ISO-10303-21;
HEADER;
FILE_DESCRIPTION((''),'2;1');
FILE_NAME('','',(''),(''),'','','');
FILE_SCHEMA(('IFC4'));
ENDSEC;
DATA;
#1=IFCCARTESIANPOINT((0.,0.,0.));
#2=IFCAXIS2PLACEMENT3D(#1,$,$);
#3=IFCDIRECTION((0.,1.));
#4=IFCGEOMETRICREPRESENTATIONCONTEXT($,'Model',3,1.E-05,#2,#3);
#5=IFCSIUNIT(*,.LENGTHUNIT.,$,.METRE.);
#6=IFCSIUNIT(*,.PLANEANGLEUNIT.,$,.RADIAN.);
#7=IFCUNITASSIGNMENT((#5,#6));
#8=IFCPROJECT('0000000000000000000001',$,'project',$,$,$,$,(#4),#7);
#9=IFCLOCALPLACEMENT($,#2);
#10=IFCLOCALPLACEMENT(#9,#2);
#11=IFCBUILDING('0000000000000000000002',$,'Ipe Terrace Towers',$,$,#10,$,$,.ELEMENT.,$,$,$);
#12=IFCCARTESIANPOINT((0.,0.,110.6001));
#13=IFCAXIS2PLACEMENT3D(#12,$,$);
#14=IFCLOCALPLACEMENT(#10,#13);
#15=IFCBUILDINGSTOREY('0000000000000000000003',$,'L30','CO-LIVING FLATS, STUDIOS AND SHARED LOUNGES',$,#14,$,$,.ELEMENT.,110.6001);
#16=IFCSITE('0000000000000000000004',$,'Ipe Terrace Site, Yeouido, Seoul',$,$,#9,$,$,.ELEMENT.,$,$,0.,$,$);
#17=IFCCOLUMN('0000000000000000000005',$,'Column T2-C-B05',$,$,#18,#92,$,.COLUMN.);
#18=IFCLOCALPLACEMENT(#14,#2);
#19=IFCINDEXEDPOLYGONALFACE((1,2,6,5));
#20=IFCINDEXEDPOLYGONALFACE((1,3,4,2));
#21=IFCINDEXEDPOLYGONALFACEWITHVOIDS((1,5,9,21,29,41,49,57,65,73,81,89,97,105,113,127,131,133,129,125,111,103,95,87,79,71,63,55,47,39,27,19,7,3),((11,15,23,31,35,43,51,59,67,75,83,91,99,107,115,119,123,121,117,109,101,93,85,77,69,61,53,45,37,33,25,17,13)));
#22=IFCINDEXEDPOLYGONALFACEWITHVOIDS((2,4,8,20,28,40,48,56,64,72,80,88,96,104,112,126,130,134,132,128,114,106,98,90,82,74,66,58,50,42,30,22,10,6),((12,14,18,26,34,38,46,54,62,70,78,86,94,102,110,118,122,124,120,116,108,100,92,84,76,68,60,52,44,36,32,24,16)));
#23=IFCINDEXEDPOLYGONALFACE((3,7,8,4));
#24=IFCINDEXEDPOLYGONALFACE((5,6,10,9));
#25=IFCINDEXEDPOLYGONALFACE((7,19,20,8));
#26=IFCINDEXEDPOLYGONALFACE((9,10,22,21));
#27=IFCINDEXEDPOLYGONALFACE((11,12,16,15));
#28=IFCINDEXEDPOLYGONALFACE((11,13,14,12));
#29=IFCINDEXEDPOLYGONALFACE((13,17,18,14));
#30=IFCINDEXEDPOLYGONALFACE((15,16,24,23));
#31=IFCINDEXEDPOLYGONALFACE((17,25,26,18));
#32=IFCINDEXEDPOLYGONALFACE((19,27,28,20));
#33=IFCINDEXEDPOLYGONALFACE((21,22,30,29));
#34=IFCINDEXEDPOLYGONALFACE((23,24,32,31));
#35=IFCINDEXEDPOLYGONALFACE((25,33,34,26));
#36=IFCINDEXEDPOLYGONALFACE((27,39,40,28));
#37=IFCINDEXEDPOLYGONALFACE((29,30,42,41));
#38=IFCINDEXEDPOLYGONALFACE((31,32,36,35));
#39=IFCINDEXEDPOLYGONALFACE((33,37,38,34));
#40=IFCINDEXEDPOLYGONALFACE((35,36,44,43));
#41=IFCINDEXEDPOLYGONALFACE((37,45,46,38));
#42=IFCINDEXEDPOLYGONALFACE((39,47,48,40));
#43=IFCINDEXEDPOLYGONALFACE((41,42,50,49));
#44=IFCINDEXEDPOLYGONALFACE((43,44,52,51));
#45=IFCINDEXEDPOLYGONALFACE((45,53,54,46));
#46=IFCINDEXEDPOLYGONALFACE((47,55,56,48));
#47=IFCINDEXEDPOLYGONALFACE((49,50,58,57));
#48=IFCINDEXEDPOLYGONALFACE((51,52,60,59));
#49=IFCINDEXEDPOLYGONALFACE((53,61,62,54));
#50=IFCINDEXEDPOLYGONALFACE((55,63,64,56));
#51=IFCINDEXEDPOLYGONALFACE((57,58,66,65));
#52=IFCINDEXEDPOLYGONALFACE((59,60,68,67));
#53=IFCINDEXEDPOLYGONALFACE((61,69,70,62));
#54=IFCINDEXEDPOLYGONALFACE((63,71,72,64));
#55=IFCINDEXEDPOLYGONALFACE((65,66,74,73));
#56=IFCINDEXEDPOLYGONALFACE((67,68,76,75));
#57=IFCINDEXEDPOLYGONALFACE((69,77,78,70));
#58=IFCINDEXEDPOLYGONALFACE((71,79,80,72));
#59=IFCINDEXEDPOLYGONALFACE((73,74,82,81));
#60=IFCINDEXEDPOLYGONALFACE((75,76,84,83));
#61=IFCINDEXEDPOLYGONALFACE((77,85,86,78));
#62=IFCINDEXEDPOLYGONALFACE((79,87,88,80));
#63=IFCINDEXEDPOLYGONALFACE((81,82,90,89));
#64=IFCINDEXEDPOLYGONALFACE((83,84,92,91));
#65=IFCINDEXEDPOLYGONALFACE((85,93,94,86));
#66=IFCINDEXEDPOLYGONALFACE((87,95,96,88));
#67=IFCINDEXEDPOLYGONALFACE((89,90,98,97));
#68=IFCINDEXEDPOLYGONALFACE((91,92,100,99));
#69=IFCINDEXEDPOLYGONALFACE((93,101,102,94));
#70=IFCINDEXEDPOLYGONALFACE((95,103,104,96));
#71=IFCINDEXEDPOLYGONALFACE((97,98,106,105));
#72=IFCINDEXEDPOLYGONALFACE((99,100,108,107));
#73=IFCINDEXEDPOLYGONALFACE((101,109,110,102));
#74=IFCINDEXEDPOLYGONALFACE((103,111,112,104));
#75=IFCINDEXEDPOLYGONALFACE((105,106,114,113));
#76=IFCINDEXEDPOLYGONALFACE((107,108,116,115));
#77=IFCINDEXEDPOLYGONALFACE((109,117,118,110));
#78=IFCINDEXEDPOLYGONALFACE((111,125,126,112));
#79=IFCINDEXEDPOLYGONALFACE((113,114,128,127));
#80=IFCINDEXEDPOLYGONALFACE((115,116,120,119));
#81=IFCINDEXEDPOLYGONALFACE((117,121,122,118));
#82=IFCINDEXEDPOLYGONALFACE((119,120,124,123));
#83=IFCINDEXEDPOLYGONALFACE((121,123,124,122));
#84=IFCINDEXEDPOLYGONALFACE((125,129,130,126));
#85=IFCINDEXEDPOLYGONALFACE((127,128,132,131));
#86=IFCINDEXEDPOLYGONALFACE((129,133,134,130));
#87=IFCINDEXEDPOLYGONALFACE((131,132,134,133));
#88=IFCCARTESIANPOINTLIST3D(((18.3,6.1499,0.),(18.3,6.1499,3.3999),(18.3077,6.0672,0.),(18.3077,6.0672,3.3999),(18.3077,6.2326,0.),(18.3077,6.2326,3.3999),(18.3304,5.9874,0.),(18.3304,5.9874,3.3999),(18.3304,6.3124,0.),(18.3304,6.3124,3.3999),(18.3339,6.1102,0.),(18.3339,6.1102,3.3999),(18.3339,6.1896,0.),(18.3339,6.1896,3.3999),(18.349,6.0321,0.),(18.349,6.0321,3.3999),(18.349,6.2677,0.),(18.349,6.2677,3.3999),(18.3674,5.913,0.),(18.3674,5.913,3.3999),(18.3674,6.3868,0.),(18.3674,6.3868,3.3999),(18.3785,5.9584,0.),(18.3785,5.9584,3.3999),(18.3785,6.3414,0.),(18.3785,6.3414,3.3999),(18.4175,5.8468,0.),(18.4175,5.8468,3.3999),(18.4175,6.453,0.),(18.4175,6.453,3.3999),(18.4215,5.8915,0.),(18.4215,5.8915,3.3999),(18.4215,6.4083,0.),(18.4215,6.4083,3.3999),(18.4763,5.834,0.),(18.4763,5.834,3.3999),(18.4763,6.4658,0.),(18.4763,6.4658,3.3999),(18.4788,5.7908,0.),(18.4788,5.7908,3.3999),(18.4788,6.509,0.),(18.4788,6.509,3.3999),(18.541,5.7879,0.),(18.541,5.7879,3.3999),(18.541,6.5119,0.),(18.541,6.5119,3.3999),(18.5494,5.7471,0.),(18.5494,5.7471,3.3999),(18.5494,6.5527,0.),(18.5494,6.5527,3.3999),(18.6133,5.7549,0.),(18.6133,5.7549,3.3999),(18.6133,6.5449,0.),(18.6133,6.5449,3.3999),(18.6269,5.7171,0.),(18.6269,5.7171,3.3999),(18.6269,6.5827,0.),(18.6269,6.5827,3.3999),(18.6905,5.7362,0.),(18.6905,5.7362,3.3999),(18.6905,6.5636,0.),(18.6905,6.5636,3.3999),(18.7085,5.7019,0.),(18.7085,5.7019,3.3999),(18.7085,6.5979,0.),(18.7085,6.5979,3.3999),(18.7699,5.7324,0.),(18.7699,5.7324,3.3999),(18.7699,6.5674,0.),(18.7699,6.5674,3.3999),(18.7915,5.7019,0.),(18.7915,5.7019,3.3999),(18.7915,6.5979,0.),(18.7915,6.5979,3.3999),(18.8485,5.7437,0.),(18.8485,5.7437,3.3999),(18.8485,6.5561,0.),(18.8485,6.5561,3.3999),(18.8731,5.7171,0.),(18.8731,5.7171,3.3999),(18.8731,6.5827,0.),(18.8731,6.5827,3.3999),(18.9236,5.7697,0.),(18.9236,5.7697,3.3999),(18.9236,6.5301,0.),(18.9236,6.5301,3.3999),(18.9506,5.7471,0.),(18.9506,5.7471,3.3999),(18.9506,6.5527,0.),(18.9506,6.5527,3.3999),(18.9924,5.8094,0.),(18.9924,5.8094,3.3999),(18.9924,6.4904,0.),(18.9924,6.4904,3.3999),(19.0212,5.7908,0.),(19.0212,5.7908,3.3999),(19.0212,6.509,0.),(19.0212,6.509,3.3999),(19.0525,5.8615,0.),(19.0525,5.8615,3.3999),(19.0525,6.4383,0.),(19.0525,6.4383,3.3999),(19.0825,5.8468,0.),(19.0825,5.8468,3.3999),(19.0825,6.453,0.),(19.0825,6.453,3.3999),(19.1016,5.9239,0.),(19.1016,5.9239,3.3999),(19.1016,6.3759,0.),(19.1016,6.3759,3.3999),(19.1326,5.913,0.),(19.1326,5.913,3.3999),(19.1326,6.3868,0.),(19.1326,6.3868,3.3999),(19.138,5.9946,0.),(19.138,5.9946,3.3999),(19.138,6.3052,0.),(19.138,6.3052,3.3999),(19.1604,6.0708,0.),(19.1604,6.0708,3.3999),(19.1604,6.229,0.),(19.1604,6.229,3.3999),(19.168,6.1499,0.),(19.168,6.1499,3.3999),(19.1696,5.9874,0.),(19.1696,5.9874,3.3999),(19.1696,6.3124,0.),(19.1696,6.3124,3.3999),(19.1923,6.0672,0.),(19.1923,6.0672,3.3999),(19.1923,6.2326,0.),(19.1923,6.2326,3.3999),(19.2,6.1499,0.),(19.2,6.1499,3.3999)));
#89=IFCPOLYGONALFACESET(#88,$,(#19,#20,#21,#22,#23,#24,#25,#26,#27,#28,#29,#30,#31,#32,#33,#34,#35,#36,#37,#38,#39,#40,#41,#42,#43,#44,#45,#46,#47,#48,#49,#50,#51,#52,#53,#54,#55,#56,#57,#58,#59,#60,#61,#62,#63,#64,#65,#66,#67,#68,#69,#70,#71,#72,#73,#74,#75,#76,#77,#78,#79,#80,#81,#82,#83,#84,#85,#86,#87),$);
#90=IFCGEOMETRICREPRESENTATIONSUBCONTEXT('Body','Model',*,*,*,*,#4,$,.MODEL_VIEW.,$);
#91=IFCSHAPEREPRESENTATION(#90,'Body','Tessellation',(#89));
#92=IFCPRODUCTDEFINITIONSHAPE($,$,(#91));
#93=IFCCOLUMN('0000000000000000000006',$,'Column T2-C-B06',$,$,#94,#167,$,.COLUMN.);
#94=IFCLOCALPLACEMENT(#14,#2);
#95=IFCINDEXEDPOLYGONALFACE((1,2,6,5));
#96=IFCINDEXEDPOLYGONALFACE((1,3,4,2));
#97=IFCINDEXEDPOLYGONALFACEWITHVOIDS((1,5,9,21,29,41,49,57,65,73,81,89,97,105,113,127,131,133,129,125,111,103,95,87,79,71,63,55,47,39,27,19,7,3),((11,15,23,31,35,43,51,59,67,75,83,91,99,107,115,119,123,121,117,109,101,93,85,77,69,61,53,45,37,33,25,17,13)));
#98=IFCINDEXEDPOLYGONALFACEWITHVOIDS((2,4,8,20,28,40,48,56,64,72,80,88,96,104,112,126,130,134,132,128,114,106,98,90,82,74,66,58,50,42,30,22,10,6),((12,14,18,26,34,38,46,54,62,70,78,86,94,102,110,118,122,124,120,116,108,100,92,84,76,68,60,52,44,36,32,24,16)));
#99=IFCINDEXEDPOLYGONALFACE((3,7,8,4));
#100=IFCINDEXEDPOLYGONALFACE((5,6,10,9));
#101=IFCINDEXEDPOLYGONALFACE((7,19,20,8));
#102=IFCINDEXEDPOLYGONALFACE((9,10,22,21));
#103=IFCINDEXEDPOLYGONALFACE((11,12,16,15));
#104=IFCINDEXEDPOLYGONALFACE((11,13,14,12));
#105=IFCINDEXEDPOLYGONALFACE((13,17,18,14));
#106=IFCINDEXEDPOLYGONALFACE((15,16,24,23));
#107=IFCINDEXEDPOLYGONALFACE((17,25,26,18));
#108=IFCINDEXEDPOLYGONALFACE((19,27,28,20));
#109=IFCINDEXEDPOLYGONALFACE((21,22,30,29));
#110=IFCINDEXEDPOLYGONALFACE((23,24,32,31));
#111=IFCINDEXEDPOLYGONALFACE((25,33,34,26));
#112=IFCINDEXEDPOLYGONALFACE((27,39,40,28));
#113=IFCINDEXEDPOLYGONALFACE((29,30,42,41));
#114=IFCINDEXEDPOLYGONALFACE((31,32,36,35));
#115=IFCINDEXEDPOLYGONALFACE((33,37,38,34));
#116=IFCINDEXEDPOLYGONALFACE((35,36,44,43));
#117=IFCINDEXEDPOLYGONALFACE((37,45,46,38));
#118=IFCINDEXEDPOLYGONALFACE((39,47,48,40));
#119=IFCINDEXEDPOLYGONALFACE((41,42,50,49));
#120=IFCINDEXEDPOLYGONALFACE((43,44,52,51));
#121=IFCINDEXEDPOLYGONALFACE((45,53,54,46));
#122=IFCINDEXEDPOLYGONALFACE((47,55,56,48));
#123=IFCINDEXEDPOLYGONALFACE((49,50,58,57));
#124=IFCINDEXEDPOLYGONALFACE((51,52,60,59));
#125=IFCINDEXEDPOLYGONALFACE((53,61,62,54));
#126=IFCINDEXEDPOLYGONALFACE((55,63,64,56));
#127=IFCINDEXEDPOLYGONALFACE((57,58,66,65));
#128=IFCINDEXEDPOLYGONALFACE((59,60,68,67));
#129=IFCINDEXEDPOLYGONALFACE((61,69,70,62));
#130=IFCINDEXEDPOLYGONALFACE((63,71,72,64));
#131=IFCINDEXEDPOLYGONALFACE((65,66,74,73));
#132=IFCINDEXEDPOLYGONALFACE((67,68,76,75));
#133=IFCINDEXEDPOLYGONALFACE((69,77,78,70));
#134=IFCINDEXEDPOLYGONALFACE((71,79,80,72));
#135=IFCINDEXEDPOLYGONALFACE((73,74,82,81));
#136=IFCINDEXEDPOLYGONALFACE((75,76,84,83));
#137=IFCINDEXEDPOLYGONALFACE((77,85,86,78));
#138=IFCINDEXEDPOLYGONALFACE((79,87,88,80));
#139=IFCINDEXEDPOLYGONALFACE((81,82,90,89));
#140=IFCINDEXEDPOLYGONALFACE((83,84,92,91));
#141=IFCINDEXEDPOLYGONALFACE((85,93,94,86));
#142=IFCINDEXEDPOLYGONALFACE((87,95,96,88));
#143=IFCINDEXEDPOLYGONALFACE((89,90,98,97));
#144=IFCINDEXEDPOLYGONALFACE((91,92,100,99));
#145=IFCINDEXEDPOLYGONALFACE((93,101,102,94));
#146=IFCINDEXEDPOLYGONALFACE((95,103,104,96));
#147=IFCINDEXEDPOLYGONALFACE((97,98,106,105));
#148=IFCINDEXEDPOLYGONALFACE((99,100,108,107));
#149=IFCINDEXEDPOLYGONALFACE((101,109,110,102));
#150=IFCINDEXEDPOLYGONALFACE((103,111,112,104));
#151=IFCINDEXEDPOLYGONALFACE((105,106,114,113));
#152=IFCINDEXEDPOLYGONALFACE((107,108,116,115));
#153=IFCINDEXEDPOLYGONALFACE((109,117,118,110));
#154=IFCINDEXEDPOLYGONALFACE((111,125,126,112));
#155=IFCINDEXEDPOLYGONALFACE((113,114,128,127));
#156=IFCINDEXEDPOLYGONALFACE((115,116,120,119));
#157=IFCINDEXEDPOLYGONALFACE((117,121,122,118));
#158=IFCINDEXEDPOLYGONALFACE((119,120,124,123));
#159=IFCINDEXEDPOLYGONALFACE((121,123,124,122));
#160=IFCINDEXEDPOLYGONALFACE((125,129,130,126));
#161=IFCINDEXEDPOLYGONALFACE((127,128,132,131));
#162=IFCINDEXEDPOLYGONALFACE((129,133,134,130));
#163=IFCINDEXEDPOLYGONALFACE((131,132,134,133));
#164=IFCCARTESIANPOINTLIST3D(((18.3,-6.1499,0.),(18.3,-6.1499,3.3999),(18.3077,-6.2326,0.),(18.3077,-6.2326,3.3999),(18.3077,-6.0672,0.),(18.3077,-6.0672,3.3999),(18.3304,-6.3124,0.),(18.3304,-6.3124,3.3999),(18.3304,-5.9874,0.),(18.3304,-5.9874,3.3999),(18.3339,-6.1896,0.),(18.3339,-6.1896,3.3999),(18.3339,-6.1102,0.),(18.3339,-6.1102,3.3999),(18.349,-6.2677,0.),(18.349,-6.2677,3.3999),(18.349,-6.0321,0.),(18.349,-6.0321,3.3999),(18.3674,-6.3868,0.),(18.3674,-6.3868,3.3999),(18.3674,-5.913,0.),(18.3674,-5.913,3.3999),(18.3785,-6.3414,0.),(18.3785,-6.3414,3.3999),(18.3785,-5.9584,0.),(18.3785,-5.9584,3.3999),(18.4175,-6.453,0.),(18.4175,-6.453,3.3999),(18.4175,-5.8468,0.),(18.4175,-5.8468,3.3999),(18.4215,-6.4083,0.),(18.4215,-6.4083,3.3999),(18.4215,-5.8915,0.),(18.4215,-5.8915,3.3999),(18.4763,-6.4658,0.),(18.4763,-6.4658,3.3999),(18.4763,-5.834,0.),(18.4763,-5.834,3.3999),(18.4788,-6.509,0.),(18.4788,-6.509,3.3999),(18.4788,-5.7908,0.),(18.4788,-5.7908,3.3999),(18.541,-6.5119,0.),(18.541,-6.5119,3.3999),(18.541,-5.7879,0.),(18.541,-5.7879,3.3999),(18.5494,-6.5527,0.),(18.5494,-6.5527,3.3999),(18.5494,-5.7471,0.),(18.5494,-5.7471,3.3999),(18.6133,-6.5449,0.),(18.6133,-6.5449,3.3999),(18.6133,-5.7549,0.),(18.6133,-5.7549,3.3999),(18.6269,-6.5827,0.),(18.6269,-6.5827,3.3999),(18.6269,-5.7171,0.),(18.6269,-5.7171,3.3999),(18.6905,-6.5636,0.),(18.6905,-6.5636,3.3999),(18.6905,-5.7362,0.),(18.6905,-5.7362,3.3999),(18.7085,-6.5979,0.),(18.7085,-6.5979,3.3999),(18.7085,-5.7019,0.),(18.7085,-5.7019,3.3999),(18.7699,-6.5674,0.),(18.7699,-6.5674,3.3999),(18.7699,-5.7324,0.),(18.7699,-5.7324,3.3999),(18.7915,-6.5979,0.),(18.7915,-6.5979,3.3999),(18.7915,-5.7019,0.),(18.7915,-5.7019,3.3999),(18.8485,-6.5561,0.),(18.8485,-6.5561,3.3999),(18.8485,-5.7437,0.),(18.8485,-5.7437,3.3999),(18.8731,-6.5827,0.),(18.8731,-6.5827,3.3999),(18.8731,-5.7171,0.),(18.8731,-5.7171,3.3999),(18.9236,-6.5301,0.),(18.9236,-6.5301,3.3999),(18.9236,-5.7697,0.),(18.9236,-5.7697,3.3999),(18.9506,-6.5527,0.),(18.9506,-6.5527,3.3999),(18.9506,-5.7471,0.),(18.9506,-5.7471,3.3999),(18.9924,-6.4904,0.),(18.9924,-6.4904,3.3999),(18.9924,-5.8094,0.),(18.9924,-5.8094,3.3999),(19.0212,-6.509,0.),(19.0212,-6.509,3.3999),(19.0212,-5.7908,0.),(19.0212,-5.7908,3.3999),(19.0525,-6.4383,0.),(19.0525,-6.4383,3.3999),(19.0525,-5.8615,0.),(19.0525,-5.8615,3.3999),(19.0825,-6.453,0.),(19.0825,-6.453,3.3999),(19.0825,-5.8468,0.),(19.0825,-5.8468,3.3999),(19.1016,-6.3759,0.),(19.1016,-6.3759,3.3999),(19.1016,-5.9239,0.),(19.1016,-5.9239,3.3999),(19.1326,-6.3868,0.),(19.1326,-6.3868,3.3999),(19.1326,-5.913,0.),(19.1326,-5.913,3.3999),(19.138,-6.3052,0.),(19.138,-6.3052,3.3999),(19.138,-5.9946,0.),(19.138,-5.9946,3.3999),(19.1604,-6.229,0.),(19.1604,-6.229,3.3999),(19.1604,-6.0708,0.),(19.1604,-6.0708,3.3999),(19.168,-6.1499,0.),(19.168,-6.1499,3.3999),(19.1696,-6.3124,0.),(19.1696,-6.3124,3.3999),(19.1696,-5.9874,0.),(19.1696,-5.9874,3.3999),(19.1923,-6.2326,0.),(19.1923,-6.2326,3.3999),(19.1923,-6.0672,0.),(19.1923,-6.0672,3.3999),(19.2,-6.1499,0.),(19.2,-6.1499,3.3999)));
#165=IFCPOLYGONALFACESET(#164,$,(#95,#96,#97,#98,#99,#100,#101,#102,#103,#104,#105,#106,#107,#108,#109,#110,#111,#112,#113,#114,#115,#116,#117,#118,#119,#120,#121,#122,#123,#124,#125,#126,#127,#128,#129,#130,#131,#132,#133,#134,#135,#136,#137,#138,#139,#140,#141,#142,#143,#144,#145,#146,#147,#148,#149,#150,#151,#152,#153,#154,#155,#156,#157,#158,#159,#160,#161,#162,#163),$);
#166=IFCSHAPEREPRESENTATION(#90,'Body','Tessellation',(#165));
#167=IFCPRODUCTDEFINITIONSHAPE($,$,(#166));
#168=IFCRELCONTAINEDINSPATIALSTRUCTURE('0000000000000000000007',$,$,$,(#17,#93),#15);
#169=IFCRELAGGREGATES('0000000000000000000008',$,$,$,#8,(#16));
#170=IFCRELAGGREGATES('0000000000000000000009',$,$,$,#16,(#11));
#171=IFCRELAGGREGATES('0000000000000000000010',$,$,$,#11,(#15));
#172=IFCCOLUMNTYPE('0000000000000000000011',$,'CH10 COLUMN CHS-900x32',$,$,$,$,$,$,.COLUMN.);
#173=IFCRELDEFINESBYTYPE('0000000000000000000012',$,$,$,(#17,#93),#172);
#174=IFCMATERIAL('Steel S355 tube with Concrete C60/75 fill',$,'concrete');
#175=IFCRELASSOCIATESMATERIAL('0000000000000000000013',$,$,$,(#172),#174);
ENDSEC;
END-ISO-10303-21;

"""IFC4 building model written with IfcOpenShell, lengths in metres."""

from ifc_helpers import new_model, si_unit, direction, frame, origin, origin_2d, place, context, subcontext, project, spatial, hollow_circle, extrude, material, material_profile, profile_set, type_object, element, save


model = new_model("IFC4")

# Units and contexts
model_context = context("Model", 3, precision=1e-05, world=origin(), true_north=direction((0.0, 1.0)))
body_context = subcontext(model_context, "Body", "Model", "MODEL_VIEW")
ifc_project = project(units=[si_unit("LENGTHUNIT", "METRE"), si_unit("PLANEANGLEUNIT", "RADIAN")], contexts=[model_context])

# Site, building, storey
site_placement = place(None, origin())
site = spatial("IfcSite", under=ifc_project, at=site_placement, Name="Ipe Terrace Site, Yeouido, Seoul", CompositionType="ELEMENT", RefElevation=0.0)
building_placement = place(site_placement, origin())
building = spatial("IfcBuilding", under=site, at=building_placement, Name="Ipe Terrace Towers", CompositionType="ELEMENT")
storey_placement = place(building_placement, frame((0.0, 0.0, 110.6001)))
storey = spatial("IfcBuildingStorey", under=building, at=storey_placement, Name="L30", Description="CO-LIVING FLATS, STUDIOS AND SHARED LOUNGES", CompositionType="ELEMENT", Elevation=110.6001)

# Columns
ifc_material_1 = material(Name="Steel S355 tube with Concrete C60/75 fill", Category="concrete")
ifc_material_profile_1 = material_profile(ifc_material_1, hollow_circle(Radius=0.45, WallThickness=0.032, at=origin_2d()), Name="CHS-900x32")
ifc_profile_set_1 = profile_set([ifc_material_profile_1], Name="Steel S355 tube with Concrete C60/75 fill")
column_type = type_object("IfcColumnType", Name="CH10 COLUMN CHS-900x32", PredefinedType="COLUMN", material=ifc_profile_set_1)
for number, where, z_axis, x_axis, name in (
    (1, (18.75, 6.1499, 0.0), (0.0, 0.0, 1.0), (1.0, 0.0, 0.0), "Column T2-C-B05"),
    (2, (18.75, -6.1499, 0.0), (0.0, 0.0, 1.0), (1.0, 0.0, 0.0), "Column T2-C-B06"),
):
    element("IfcColumn", number, at=place(storey_placement, frame(where, z_axis=z_axis, x_axis=x_axis)), inside=storey, type_object=column_type, Name=name, PredefinedType="COLUMN", context=body_context, shape_type="SweptSolid", body=[
        extrude(hollow_circle(Radius=0.45, WallThickness=0.032, at=origin_2d()), origin(), (0.0, 0.0, 1.0), 3.3999),
    ])

save(model, "model.ifc")
